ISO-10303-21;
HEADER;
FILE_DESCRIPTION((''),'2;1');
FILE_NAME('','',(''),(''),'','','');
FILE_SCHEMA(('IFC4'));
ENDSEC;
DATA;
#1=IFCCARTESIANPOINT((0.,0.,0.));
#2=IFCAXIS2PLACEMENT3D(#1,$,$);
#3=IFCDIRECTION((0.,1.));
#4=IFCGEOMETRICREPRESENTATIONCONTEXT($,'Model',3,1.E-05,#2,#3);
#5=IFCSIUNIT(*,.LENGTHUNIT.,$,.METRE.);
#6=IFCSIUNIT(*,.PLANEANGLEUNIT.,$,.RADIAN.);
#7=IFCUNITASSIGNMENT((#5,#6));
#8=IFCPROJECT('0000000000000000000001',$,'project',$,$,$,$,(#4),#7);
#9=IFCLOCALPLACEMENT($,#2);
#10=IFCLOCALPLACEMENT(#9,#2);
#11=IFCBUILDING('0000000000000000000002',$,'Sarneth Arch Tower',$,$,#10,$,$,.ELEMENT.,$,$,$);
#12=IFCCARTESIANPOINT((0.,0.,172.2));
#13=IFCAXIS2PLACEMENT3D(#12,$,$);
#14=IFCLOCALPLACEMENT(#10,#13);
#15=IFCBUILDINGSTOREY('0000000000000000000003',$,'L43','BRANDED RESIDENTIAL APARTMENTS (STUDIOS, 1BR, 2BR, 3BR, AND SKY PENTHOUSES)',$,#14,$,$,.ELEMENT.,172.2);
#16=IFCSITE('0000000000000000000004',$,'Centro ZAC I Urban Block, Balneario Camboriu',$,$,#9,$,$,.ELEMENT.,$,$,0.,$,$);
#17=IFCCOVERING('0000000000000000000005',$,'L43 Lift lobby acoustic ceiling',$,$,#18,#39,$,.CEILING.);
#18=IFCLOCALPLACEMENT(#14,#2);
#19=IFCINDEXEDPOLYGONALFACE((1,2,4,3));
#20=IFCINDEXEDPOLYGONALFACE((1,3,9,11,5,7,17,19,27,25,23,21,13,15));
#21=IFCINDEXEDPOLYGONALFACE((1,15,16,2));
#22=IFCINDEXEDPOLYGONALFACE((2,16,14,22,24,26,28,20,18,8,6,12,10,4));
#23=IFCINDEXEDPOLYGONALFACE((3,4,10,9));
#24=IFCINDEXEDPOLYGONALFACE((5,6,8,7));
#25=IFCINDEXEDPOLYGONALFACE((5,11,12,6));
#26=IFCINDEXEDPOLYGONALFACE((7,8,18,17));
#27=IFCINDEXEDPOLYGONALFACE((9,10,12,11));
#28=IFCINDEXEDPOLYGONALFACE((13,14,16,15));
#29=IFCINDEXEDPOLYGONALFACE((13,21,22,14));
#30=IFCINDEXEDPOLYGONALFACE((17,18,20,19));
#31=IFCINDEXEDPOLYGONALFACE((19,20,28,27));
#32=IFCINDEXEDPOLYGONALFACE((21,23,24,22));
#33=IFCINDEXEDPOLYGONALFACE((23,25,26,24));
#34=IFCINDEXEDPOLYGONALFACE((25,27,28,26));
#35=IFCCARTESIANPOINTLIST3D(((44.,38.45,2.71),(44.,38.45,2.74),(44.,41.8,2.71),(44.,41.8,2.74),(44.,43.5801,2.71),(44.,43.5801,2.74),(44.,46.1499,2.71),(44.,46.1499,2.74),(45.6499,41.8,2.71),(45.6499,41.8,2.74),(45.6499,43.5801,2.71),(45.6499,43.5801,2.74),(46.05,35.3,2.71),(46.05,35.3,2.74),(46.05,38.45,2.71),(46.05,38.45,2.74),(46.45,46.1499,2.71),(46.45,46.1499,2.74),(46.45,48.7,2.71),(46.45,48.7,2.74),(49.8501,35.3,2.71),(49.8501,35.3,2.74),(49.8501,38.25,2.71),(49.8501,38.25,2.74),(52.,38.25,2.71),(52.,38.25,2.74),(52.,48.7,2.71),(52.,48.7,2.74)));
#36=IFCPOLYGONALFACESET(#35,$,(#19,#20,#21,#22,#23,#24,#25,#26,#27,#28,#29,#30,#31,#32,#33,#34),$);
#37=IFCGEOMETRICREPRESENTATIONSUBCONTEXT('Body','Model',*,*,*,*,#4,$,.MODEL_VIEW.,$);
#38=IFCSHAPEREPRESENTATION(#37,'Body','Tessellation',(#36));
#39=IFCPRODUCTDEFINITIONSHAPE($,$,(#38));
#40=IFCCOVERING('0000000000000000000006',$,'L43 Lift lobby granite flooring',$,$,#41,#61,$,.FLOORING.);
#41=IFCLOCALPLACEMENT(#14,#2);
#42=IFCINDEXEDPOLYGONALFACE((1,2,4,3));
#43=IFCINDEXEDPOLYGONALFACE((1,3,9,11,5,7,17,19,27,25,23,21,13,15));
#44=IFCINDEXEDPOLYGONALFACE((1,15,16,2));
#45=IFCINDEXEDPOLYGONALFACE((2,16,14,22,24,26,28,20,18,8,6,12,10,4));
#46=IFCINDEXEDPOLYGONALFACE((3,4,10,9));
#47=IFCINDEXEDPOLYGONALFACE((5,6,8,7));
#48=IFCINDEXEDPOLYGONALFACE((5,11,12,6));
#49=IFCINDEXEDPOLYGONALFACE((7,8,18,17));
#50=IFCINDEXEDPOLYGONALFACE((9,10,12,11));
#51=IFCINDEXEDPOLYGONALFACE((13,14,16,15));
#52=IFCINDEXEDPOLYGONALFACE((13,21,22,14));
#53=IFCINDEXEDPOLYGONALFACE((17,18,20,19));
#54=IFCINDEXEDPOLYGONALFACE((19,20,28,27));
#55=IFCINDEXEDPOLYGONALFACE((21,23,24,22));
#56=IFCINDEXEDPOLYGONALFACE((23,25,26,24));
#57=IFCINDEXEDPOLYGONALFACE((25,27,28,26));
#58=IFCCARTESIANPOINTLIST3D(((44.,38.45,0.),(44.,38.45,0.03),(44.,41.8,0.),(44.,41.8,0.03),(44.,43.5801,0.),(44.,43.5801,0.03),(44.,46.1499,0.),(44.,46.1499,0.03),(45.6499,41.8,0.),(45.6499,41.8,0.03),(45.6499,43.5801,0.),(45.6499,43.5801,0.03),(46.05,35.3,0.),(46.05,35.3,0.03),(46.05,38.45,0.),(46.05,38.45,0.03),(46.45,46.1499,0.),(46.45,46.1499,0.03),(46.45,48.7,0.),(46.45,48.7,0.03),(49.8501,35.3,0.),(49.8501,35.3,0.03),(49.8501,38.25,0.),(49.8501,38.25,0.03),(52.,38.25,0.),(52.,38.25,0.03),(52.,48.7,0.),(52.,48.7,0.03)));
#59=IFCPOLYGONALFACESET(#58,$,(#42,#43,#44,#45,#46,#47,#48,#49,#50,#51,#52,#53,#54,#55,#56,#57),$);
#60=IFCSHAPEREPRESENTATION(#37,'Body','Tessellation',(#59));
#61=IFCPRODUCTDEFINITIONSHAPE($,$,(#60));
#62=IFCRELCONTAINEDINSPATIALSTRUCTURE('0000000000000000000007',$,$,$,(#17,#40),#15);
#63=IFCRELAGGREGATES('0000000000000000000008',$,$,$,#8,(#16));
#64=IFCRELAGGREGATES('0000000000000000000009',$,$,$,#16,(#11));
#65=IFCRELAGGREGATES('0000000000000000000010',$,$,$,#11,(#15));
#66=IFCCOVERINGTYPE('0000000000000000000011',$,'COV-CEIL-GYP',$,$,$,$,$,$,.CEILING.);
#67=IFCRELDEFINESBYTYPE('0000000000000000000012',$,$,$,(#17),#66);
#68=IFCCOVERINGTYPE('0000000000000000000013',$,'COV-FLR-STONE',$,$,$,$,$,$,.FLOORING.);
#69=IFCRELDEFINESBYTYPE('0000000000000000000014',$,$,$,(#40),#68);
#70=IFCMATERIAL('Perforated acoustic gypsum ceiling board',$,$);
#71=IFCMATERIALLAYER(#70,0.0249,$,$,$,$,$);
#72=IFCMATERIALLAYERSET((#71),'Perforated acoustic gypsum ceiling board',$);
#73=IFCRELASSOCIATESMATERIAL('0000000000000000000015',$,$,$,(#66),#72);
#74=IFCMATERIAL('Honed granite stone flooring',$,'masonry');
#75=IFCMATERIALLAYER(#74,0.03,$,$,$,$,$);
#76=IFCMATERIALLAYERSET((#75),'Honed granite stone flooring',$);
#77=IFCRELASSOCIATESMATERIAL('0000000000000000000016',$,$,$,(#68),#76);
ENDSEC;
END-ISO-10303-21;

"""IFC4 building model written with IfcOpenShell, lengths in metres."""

from ifc_helpers import new_model, si_unit, direction, frame, origin, place, context, subcontext, project, spatial, polyline, outline, extrude, material, layer, layer_set, type_object, element, save


model = new_model("IFC4")

# Units and contexts
model_context = context("Model", 3, precision=1e-05, world=origin(), true_north=direction((0.0, 1.0)))
body_context = subcontext(model_context, "Body", "Model", "MODEL_VIEW")
ifc_project = project(units=[si_unit("LENGTHUNIT", "METRE"), si_unit("PLANEANGLEUNIT", "RADIAN")], contexts=[model_context])

# Site, building, storey
site_placement = place(None, origin())
site = spatial("IfcSite", under=ifc_project, at=site_placement, Name="Centro ZAC I Urban Block, Balneario Camboriu", CompositionType="ELEMENT", RefElevation=0.0)
building_placement = place(site_placement, origin())
building = spatial("IfcBuilding", under=site, at=building_placement, Name="Sarneth Arch Tower", CompositionType="ELEMENT")
storey_placement = place(building_placement, frame((0.0, 0.0, 172.2)))
storey = spatial("IfcBuildingStorey", under=building, at=storey_placement, Name="L43", Description="BRANDED RESIDENTIAL APARTMENTS (STUDIOS, 1BR, 2BR, 3BR, AND SKY PENTHOUSES)", CompositionType="ELEMENT", Elevation=172.2)

# Coverings
ifc_material_1 = material(Name="Perforated acoustic gypsum ceiling board")
ifc_layer_1 = layer(ifc_material_1, 0.0249)
ifc_layer_set_1 = layer_set([ifc_layer_1], Name="Perforated acoustic gypsum ceiling board")
covering_type_1 = type_object("IfcCoveringType", Name="COV-CEIL-GYP", PredefinedType="CEILING", material=ifc_layer_set_1)
covering_1_placement = place(storey_placement, frame((0.0, 0.0, 2.71)))
element("IfcCovering", 1, at=covering_1_placement, inside=storey, type_object=covering_type_1, Name="L43 Lift lobby acoustic ceiling", PredefinedType="CEILING", context=body_context, shape_type="SweptSolid", body=[
    extrude(outline(polyline([(49.8501, 38.25), (49.8501, 35.3), (46.05, 35.3), (46.05, 38.45), (44.0, 38.45), (44.0, 41.8), (45.6499, 41.8), (45.6499, 43.5801), (44.0, 43.5801), (44.0, 46.1499), (46.45, 46.1499), (46.45, 48.7), (52.0, 48.7), (52.0, 38.25), (49.8501, 38.25)])), origin(), (0.0, 0.0, 1.0), 0.03),
])
ifc_material_2 = material(Name="Honed granite stone flooring", Category="masonry")
ifc_layer_2 = layer(ifc_material_2, 0.03)
ifc_layer_set_2 = layer_set([ifc_layer_2], Name="Honed granite stone flooring")
covering_type_2 = type_object("IfcCoveringType", Name="COV-FLR-STONE", PredefinedType="FLOORING", material=ifc_layer_set_2)
covering_2_placement = place(storey_placement, origin())
element("IfcCovering", 2, at=covering_2_placement, inside=storey, type_object=covering_type_2, Name="L43 Lift lobby granite flooring", PredefinedType="FLOORING", context=body_context, shape_type="SweptSolid", body=[
    extrude(outline(polyline([(49.8501, 38.25), (49.8501, 35.3), (46.05, 35.3), (46.05, 38.45), (44.0, 38.45), (44.0, 41.8), (45.6499, 41.8), (45.6499, 43.5801), (44.0, 43.5801), (44.0, 46.1499), (46.45, 46.1499), (46.45, 48.7), (52.0, 48.7), (52.0, 38.25), (49.8501, 38.25)])), origin(), (0.0, 0.0, 1.0), 0.03),
])

save(model, "model.ifc")
